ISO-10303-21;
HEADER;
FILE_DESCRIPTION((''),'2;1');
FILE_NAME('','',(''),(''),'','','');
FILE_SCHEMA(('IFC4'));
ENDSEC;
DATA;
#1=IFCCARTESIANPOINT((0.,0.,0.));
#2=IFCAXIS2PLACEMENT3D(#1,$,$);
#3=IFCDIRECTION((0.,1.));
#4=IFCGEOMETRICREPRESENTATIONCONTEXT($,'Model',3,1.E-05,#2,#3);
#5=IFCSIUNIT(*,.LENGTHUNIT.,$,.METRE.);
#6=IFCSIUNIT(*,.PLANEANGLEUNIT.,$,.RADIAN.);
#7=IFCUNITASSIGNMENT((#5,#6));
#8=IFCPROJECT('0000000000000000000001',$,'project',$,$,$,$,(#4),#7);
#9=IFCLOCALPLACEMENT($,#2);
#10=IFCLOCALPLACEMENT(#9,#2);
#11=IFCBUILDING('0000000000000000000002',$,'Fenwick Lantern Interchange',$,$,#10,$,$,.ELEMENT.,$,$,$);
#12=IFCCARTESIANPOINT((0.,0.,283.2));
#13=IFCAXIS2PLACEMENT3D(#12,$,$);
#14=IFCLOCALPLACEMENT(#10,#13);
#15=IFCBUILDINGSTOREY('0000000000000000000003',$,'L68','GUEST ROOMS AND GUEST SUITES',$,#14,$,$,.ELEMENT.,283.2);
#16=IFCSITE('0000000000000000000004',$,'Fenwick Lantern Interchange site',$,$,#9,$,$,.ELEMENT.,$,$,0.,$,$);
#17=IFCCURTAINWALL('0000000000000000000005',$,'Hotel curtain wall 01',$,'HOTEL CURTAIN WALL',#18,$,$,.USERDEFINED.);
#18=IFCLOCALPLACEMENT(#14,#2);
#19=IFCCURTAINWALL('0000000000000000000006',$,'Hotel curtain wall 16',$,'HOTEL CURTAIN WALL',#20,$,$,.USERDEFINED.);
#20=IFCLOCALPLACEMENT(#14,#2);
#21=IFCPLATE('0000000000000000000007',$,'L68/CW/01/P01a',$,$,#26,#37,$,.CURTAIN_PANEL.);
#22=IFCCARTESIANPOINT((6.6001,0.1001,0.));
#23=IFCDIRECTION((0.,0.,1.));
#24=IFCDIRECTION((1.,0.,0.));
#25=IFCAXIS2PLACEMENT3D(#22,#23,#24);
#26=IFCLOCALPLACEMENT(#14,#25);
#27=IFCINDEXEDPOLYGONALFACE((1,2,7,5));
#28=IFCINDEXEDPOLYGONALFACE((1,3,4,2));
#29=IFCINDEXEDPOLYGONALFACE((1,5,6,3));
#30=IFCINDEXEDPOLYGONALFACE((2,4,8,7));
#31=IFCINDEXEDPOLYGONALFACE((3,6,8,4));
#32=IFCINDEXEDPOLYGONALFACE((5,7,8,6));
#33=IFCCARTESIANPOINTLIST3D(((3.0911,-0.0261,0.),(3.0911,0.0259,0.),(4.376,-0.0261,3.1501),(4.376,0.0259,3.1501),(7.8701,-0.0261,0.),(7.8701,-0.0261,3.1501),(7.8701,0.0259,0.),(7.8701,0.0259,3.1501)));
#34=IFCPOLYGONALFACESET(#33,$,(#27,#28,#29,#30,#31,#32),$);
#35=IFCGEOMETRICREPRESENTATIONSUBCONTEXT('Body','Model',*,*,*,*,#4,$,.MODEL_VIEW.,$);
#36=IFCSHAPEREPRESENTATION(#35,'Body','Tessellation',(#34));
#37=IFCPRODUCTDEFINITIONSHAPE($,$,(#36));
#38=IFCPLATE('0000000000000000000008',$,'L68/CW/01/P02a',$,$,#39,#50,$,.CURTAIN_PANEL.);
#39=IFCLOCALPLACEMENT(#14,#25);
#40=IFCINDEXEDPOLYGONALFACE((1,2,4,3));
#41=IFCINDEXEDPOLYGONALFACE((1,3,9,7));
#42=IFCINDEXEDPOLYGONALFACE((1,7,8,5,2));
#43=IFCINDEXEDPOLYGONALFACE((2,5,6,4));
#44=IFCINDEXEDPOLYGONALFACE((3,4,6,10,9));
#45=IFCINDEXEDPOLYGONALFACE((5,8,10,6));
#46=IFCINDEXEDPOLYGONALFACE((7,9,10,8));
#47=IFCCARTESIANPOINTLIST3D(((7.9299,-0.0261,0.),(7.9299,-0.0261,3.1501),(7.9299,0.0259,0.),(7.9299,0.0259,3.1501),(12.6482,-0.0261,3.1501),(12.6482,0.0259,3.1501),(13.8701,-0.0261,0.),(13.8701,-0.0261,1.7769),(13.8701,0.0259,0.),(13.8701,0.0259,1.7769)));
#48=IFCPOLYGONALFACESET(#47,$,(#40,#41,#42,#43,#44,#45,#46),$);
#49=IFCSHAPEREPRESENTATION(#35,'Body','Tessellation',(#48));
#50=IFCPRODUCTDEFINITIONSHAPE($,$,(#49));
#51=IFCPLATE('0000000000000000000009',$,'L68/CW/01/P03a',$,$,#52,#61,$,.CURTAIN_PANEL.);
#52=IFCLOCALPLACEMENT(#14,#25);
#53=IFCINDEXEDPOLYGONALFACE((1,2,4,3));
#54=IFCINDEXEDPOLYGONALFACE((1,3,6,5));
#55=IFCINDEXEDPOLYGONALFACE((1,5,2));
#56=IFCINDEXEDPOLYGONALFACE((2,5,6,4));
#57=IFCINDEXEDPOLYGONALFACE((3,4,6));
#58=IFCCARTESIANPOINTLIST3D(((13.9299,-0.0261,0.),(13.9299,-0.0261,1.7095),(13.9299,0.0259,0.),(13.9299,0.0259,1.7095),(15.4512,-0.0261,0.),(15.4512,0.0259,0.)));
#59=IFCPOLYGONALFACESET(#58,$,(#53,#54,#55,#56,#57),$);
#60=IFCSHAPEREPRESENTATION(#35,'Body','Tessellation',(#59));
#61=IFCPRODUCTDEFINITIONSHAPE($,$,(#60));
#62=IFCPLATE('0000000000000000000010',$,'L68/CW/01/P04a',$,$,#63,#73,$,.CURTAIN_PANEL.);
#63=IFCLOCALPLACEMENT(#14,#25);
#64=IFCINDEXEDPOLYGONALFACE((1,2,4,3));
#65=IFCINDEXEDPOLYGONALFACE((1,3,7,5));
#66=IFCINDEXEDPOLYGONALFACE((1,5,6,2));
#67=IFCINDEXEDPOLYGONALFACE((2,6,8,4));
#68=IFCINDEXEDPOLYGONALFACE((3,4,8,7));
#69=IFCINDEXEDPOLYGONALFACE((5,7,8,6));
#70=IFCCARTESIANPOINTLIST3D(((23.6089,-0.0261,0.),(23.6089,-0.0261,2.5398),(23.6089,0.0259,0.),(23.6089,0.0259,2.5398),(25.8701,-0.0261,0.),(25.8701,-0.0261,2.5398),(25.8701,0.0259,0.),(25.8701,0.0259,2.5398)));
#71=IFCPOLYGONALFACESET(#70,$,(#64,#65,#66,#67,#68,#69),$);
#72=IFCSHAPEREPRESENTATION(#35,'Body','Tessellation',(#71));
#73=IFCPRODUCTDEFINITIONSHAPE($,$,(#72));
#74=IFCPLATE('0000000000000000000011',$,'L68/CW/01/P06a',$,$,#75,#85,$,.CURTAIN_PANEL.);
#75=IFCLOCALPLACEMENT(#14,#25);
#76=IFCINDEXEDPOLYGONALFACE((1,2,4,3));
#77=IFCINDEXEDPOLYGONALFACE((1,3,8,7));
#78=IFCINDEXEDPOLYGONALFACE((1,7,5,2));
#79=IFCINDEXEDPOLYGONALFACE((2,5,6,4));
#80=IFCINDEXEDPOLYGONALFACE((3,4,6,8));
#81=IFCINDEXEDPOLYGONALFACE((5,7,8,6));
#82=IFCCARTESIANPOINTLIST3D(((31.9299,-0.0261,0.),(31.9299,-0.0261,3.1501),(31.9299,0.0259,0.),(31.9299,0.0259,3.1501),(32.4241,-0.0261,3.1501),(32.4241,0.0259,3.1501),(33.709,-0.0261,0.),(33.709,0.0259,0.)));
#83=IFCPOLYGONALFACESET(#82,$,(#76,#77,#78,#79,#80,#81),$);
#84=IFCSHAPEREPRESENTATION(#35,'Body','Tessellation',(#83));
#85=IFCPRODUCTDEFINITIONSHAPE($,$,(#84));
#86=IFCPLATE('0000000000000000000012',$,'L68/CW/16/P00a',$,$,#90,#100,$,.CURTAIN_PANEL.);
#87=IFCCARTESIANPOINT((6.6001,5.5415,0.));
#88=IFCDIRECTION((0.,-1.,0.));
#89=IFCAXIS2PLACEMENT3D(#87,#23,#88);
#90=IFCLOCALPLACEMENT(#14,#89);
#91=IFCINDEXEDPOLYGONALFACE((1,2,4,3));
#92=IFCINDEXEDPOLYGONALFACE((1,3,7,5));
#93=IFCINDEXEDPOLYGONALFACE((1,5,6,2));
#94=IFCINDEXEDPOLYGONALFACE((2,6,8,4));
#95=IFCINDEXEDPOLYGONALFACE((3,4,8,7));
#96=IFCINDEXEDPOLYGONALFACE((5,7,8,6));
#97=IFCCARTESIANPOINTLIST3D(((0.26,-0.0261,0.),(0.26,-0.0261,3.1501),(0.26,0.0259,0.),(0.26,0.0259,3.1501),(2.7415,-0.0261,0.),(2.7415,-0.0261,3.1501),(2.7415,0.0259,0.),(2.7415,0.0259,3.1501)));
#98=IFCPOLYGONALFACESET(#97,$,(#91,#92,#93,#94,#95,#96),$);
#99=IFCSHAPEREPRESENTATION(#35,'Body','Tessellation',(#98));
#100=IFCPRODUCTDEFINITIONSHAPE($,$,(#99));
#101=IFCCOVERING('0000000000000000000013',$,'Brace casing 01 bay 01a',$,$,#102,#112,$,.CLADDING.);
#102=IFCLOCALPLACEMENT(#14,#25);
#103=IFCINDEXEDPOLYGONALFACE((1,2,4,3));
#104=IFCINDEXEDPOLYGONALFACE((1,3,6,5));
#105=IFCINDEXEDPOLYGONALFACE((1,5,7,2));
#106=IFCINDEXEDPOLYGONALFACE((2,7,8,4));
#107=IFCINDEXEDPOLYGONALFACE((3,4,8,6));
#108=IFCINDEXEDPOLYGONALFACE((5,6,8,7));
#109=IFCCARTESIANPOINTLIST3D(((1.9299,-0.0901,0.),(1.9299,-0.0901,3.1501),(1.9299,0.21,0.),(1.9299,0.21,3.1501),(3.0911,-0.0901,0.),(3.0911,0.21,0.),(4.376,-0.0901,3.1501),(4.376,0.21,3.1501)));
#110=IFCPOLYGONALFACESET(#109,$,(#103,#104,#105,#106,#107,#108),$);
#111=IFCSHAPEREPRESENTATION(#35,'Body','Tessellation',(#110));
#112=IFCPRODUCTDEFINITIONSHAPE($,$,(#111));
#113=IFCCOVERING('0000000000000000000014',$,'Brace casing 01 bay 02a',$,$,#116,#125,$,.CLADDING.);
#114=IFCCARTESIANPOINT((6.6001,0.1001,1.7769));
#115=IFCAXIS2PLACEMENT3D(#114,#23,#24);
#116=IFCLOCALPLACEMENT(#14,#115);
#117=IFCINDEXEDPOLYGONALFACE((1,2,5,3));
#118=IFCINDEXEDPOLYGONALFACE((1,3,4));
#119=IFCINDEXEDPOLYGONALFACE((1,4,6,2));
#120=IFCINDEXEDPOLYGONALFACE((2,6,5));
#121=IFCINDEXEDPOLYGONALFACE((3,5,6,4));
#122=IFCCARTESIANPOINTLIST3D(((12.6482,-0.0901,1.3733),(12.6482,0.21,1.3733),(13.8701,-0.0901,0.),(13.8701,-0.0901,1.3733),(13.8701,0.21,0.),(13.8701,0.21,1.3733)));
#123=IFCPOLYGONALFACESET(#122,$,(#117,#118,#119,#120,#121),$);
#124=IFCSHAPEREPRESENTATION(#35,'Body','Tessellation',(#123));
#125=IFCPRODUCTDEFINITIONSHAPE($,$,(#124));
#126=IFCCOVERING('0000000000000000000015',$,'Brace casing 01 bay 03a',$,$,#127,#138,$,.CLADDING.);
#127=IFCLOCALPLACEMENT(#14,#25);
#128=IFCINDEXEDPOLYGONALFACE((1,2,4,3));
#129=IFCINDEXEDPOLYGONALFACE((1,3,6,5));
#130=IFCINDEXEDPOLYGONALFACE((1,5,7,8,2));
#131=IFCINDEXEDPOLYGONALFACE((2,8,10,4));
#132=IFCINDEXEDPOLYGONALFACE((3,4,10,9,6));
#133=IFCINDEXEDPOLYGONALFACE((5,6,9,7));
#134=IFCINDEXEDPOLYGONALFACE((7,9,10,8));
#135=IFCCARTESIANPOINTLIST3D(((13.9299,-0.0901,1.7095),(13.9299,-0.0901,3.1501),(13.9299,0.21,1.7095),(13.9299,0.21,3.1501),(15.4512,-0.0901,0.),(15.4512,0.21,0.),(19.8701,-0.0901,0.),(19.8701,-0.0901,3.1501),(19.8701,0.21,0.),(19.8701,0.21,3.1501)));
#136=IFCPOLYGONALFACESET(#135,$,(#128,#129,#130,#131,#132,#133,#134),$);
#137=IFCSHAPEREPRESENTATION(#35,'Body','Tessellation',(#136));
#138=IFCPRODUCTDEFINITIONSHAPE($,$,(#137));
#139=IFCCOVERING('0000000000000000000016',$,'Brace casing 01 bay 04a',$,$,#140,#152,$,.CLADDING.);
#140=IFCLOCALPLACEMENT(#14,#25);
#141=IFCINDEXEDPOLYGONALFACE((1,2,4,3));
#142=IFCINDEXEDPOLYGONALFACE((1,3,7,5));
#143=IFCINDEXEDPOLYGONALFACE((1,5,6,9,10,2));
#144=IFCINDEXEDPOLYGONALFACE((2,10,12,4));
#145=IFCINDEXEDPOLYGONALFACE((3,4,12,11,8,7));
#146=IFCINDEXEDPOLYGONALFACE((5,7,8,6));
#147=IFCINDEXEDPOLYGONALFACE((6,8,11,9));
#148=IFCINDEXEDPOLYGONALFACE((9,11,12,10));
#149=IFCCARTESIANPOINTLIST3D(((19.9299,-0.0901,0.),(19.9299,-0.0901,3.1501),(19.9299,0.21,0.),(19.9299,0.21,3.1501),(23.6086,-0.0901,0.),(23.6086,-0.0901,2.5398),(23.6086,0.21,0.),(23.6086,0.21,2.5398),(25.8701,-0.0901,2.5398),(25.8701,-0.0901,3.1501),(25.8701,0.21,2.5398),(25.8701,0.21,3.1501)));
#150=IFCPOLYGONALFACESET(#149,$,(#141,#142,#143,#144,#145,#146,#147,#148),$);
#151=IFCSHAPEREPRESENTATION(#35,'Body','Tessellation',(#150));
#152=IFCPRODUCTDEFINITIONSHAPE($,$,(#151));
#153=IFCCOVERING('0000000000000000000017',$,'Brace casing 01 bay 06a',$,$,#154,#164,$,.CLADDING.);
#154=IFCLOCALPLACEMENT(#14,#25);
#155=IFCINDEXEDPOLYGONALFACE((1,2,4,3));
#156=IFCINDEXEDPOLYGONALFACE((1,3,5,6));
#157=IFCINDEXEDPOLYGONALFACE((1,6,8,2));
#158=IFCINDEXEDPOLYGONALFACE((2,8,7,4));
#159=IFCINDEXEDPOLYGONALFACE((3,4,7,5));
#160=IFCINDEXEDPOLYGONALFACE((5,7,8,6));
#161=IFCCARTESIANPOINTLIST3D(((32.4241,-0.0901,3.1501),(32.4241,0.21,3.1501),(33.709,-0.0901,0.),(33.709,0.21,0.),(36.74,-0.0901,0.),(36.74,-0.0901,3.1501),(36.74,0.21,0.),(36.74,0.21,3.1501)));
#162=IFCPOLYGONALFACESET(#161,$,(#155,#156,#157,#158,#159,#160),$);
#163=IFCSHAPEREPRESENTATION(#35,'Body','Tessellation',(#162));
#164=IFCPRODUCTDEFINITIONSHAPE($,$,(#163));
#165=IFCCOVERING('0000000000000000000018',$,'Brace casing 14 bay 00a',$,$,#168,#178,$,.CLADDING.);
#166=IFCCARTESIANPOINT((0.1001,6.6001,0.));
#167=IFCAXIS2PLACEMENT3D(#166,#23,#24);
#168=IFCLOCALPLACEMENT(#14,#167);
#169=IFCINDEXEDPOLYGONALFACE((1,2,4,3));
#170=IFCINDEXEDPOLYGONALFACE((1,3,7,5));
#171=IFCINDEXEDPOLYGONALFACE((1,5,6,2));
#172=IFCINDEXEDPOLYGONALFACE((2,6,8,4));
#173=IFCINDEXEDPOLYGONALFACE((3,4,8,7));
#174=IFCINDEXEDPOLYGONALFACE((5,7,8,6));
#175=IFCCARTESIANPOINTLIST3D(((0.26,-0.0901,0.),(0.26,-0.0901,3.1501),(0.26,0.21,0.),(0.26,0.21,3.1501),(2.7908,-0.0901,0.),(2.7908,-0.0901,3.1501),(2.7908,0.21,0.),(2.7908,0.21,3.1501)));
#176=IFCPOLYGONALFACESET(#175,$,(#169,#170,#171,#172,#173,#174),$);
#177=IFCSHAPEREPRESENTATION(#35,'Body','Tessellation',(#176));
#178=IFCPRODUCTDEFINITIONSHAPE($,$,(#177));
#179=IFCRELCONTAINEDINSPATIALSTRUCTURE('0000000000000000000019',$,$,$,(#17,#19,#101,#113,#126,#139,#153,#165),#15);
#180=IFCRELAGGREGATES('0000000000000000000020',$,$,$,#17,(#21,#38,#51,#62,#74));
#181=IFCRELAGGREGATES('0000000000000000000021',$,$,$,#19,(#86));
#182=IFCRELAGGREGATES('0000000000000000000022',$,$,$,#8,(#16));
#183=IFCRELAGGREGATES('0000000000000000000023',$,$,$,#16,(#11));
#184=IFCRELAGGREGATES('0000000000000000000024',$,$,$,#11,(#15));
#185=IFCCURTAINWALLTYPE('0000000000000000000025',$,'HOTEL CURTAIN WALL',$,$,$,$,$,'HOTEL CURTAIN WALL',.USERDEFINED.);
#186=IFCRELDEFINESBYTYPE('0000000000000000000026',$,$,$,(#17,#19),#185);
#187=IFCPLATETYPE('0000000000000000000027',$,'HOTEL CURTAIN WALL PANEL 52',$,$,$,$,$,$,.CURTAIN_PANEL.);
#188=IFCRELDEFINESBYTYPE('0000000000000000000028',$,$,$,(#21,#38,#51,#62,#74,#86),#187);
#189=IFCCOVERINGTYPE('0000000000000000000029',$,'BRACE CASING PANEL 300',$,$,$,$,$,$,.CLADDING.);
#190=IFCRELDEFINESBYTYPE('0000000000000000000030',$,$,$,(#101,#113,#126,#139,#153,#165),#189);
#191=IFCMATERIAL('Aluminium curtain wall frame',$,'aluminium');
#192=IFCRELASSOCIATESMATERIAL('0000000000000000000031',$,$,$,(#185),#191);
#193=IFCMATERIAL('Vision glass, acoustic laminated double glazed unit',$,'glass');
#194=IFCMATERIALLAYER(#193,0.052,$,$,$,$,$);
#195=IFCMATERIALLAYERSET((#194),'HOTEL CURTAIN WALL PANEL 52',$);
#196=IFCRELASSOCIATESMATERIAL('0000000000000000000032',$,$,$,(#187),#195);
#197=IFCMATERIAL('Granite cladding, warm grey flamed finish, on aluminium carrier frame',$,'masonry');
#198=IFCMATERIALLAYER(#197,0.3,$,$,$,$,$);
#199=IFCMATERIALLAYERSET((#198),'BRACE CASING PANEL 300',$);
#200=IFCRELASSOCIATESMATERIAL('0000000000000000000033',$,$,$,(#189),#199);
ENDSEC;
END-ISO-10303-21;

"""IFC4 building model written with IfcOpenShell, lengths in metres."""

from ifc_helpers import new_model, si_unit, direction, frame, origin, place, context, subcontext, project, spatial, polyline, outline, extrude, material, layer, layer_set, type_object, element, aggregate, save


model = new_model("IFC4")

# Units and contexts
model_context = context("Model", 3, precision=1e-05, world=origin(), true_north=direction((0.0, 1.0)))
body_context = subcontext(model_context, "Body", "Model", "MODEL_VIEW")
ifc_project = project(units=[si_unit("LENGTHUNIT", "METRE"), si_unit("PLANEANGLEUNIT", "RADIAN")], contexts=[model_context])

# Site, building, storey
site_placement = place(None, origin())
site = spatial("IfcSite", under=ifc_project, at=site_placement, Name="Fenwick Lantern Interchange site", CompositionType="ELEMENT", RefElevation=0.0)
building_placement = place(site_placement, origin())
building = spatial("IfcBuilding", under=site, at=building_placement, Name="Fenwick Lantern Interchange", CompositionType="ELEMENT")
storey_placement = place(building_placement, frame((0.0, 0.0, 283.2)))
storey = spatial("IfcBuildingStorey", under=building, at=storey_placement, Name="L68", Description="GUEST ROOMS AND GUEST SUITES", CompositionType="ELEMENT", Elevation=283.2)

# Curtain walls
ifc_material_1 = material(Name="Aluminium curtain wall frame", Category="aluminium")
curtain_wall_type = type_object("IfcCurtainWallType", Name="HOTEL CURTAIN WALL", ElementType="HOTEL CURTAIN WALL", PredefinedType="USERDEFINED", material=ifc_material_1)
curtain_wall_1_placement = place(storey_placement, origin())
curtain_wall_1 = element("IfcCurtainWall", 1, at=curtain_wall_1_placement, inside=storey, type_object=curtain_wall_type, Name="Hotel curtain wall 01", ObjectType="HOTEL CURTAIN WALL", PredefinedType="USERDEFINED")
curtain_wall_2_placement = place(storey_placement, origin())
curtain_wall_2 = element("IfcCurtainWall", 2, at=curtain_wall_2_placement, inside=storey, type_object=curtain_wall_type, Name="Hotel curtain wall 16", ObjectType="HOTEL CURTAIN WALL", PredefinedType="USERDEFINED")

# Plates
ifc_material_2 = material(Name="Vision glass, acoustic laminated double glazed unit", Category="glass")
ifc_layer_1 = layer(ifc_material_2, 0.052)
ifc_layer_set_1 = layer_set([ifc_layer_1], Name="HOTEL CURTAIN WALL PANEL 52")
plate_type = type_object("IfcPlateType", Name="HOTEL CURTAIN WALL PANEL 52", PredefinedType="CURTAIN_PANEL", material=ifc_layer_set_1)
plate_1_placement = place(storey_placement, frame((6.6001, 0.1001, 0.0), z_axis=(0.0, 0.0, 1.0), x_axis=(1.0, 0.0, 0.0)))
plate_1 = element("IfcPlate", 3, at=plate_1_placement, type_object=plate_type, Name="L68/CW/01/P01a", PredefinedType="CURTAIN_PANEL", context=body_context, shape_type="SweptSolid", body=[
    extrude(outline(polyline([(3.0911, 0.0), (7.8701, 0.0), (7.8701, 3.1501), (4.376, 3.1501), (3.0911, 0.0)])), frame((0.0, 0.0259, 0.0), z_axis=(0.0, -1.0, 0.0), x_axis=(1.0, 0.0, 0.0)), (0.0, 0.0, 1.0), 0.052),
])
plate_2_placement = place(storey_placement, frame((6.6001, 0.1001, 0.0), z_axis=(0.0, 0.0, 1.0), x_axis=(1.0, 0.0, 0.0)))
plate_2 = element("IfcPlate", 4, at=plate_2_placement, type_object=plate_type, Name="L68/CW/01/P02a", PredefinedType="CURTAIN_PANEL", context=body_context, shape_type="SweptSolid", body=[
    extrude(outline(polyline([(7.9299, 0.0), (13.8701, 0.0), (13.8701, 1.7769), (12.6482, 3.1501), (7.9299, 3.1501), (7.9299, 0.0)])), frame((0.0, 0.0259, 0.0), z_axis=(0.0, -1.0, 0.0), x_axis=(1.0, 0.0, 0.0)), (0.0, 0.0, 1.0), 0.052),
])
plate_3_placement = place(storey_placement, frame((6.6001, 0.1001, 0.0), z_axis=(0.0, 0.0, 1.0), x_axis=(1.0, 0.0, 0.0)))
plate_3 = element("IfcPlate", 5, at=plate_3_placement, type_object=plate_type, Name="L68/CW/01/P03a", PredefinedType="CURTAIN_PANEL", context=body_context, shape_type="SweptSolid", body=[
    extrude(outline(polyline([(13.9299, 0.0), (15.4512, 0.0), (13.9299, 1.7095), (13.9299, 0.0)])), frame((0.0, 0.0259, 0.0), z_axis=(0.0, -1.0, 0.0), x_axis=(1.0, 0.0, 0.0)), (0.0, 0.0, 1.0), 0.052),
])
plate_4_placement = place(storey_placement, frame((6.6001, 0.1001, 0.0), z_axis=(0.0, 0.0, 1.0), x_axis=(1.0, 0.0, 0.0)))
plate_4 = element("IfcPlate", 6, at=plate_4_placement, type_object=plate_type, Name="L68/CW/01/P04a", PredefinedType="CURTAIN_PANEL", context=body_context, shape_type="SweptSolid", body=[
    extrude(outline(polyline([(23.6089, 0.0), (25.8701, 0.0), (25.8701, 2.5398), (23.6089, 2.5398), (23.6089, 0.0)])), frame((0.0, 0.0259, 0.0), z_axis=(0.0, -1.0, 0.0), x_axis=(1.0, 0.0, 0.0)), (0.0, 0.0, 1.0), 0.052),
])
plate_5_placement = place(storey_placement, frame((6.6001, 0.1001, 0.0), z_axis=(0.0, 0.0, 1.0), x_axis=(1.0, 0.0, 0.0)))
plate_5 = element("IfcPlate", 7, at=plate_5_placement, type_object=plate_type, Name="L68/CW/01/P06a", PredefinedType="CURTAIN_PANEL", context=body_context, shape_type="SweptSolid", body=[
    extrude(outline(polyline([(31.9299, 0.0), (33.709, 0.0), (32.4241, 3.1501), (31.9299, 3.1501), (31.9299, 0.0)])), frame((0.0, 0.0259, 0.0), z_axis=(0.0, -1.0, 0.0), x_axis=(1.0, 0.0, 0.0)), (0.0, 0.0, 1.0), 0.052),
])
aggregate(curtain_wall_1, [plate_1, plate_2, plate_3, plate_4, plate_5])
plate_6_placement = place(storey_placement, frame((6.6001, 5.5415, 0.0), z_axis=(0.0, 0.0, 1.0), x_axis=(0.0, -1.0, 0.0)))
plate_6 = element("IfcPlate", 8, at=plate_6_placement, type_object=plate_type, Name="L68/CW/16/P00a", PredefinedType="CURTAIN_PANEL", context=body_context, shape_type="SweptSolid", body=[
    extrude(outline(polyline([(0.26, 0.0), (2.7415, 0.0), (2.7415, 3.1501), (0.26, 3.1501), (0.26, 0.0)])), frame((0.0, 0.0259, 0.0), z_axis=(0.0, -1.0, 0.0), x_axis=(1.0, 0.0, 0.0)), (0.0, 0.0, 1.0), 0.052),
])
aggregate(curtain_wall_2, [plate_6])

# Coverings
ifc_material_3 = material(Name="Granite cladding, warm grey flamed finish, on aluminium carrier frame", Category="masonry")
ifc_layer_2 = layer(ifc_material_3, 0.3)
ifc_layer_set_2 = layer_set([ifc_layer_2], Name="BRACE CASING PANEL 300")
covering_type = type_object("IfcCoveringType", Name="BRACE CASING PANEL 300", PredefinedType="CLADDING", material=ifc_layer_set_2)
covering_1_placement = place(storey_placement, frame((6.6001, 0.1001, 0.0), z_axis=(0.0, 0.0, 1.0), x_axis=(1.0, 0.0, 0.0)))
element("IfcCovering", 9, at=covering_1_placement, inside=storey, type_object=covering_type, Name="Brace casing 01 bay 01a", PredefinedType="CLADDING", context=body_context, shape_type="SweptSolid", body=[
    extrude(outline(polyline([(1.9299, 0.0), (3.0911, 0.0), (4.376, 3.1501), (1.9299, 3.1501), (1.9299, 0.0)])), frame((0.0, 0.21, 0.0), z_axis=(0.0, -1.0, 0.0), x_axis=(1.0, 0.0, 0.0)), (0.0, 0.0, 1.0), 0.3),
])
covering_2_placement = place(storey_placement, frame((6.6001, 0.1001, 1.7769), z_axis=(0.0, 0.0, 1.0), x_axis=(1.0, 0.0, 0.0)))
element("IfcCovering", 10, at=covering_2_placement, inside=storey, type_object=covering_type, Name="Brace casing 01 bay 02a", PredefinedType="CLADDING", context=body_context, shape_type="SweptSolid", body=[
    extrude(outline(polyline([(13.8701, 0.0), (13.8701, 1.3733), (12.6482, 1.3733), (13.8701, 0.0)])), frame((0.0, 0.21, 0.0), z_axis=(0.0, -1.0, 0.0), x_axis=(1.0, 0.0, 0.0)), (0.0, 0.0, 1.0), 0.3),
])
covering_3_placement = place(storey_placement, frame((6.6001, 0.1001, 0.0), z_axis=(0.0, 0.0, 1.0), x_axis=(1.0, 0.0, 0.0)))
element("IfcCovering", 11, at=covering_3_placement, inside=storey, type_object=covering_type, Name="Brace casing 01 bay 03a", PredefinedType="CLADDING", context=body_context, shape_type="SweptSolid", body=[
    extrude(outline(polyline([(15.4512, 0.0), (19.8701, 0.0), (19.8701, 3.1501), (13.9299, 3.1501), (13.9299, 1.7095), (15.4512, 0.0)])), frame((0.0, 0.21, 0.0), z_axis=(0.0, -1.0, 0.0), x_axis=(1.0, 0.0, 0.0)), (0.0, 0.0, 1.0), 0.3),
])
covering_4_placement = place(storey_placement, frame((6.6001, 0.1001, 0.0), z_axis=(0.0, 0.0, 1.0), x_axis=(1.0, 0.0, 0.0)))
element("IfcCovering", 12, at=covering_4_placement, inside=storey, type_object=covering_type, Name="Brace casing 01 bay 04a", PredefinedType="CLADDING", context=body_context, shape_type="SweptSolid", body=[
    extrude(outline(polyline([(19.9299, 0.0), (23.6086, 0.0), (23.6086, 2.5398), (25.8701, 2.5398), (25.8701, 3.1501), (19.9299, 3.1501), (19.9299, 0.0)])), frame((0.0, 0.21, 0.0), z_axis=(0.0, -1.0, 0.0), x_axis=(1.0, 0.0, 0.0)), (0.0, 0.0, 1.0), 0.3),
])
covering_5_placement = place(storey_placement, frame((6.6001, 0.1001, 0.0), z_axis=(0.0, 0.0, 1.0), x_axis=(1.0, 0.0, 0.0)))
element("IfcCovering", 13, at=covering_5_placement, inside=storey, type_object=covering_type, Name="Brace casing 01 bay 06a", PredefinedType="CLADDING", context=body_context, shape_type="SweptSolid", body=[
    extrude(outline(polyline([(33.709, 0.0), (36.74, 0.0), (36.74, 3.1501), (32.4241, 3.1501), (33.709, 0.0)])), frame((0.0, 0.21, 0.0), z_axis=(0.0, -1.0, 0.0), x_axis=(1.0, 0.0, 0.0)), (0.0, 0.0, 1.0), 0.3),
])
covering_6_placement = place(storey_placement, frame((0.1001, 6.6001, 0.0), z_axis=(0.0, 0.0, 1.0), x_axis=(1.0, 0.0, 0.0)))
element("IfcCovering", 14, at=covering_6_placement, inside=storey, type_object=covering_type, Name="Brace casing 14 bay 00a", PredefinedType="CLADDING", context=body_context, shape_type="SweptSolid", body=[
    extrude(outline(polyline([(0.26, 0.0), (2.7908, 0.0), (2.7908, 3.1501), (0.26, 3.1501), (0.26, 0.0)])), frame((0.0, 0.21, 0.0), z_axis=(0.0, -1.0, 0.0), x_axis=(1.0, 0.0, 0.0)), (0.0, 0.0, 1.0), 0.3),
])

save(model, "model.ifc")
